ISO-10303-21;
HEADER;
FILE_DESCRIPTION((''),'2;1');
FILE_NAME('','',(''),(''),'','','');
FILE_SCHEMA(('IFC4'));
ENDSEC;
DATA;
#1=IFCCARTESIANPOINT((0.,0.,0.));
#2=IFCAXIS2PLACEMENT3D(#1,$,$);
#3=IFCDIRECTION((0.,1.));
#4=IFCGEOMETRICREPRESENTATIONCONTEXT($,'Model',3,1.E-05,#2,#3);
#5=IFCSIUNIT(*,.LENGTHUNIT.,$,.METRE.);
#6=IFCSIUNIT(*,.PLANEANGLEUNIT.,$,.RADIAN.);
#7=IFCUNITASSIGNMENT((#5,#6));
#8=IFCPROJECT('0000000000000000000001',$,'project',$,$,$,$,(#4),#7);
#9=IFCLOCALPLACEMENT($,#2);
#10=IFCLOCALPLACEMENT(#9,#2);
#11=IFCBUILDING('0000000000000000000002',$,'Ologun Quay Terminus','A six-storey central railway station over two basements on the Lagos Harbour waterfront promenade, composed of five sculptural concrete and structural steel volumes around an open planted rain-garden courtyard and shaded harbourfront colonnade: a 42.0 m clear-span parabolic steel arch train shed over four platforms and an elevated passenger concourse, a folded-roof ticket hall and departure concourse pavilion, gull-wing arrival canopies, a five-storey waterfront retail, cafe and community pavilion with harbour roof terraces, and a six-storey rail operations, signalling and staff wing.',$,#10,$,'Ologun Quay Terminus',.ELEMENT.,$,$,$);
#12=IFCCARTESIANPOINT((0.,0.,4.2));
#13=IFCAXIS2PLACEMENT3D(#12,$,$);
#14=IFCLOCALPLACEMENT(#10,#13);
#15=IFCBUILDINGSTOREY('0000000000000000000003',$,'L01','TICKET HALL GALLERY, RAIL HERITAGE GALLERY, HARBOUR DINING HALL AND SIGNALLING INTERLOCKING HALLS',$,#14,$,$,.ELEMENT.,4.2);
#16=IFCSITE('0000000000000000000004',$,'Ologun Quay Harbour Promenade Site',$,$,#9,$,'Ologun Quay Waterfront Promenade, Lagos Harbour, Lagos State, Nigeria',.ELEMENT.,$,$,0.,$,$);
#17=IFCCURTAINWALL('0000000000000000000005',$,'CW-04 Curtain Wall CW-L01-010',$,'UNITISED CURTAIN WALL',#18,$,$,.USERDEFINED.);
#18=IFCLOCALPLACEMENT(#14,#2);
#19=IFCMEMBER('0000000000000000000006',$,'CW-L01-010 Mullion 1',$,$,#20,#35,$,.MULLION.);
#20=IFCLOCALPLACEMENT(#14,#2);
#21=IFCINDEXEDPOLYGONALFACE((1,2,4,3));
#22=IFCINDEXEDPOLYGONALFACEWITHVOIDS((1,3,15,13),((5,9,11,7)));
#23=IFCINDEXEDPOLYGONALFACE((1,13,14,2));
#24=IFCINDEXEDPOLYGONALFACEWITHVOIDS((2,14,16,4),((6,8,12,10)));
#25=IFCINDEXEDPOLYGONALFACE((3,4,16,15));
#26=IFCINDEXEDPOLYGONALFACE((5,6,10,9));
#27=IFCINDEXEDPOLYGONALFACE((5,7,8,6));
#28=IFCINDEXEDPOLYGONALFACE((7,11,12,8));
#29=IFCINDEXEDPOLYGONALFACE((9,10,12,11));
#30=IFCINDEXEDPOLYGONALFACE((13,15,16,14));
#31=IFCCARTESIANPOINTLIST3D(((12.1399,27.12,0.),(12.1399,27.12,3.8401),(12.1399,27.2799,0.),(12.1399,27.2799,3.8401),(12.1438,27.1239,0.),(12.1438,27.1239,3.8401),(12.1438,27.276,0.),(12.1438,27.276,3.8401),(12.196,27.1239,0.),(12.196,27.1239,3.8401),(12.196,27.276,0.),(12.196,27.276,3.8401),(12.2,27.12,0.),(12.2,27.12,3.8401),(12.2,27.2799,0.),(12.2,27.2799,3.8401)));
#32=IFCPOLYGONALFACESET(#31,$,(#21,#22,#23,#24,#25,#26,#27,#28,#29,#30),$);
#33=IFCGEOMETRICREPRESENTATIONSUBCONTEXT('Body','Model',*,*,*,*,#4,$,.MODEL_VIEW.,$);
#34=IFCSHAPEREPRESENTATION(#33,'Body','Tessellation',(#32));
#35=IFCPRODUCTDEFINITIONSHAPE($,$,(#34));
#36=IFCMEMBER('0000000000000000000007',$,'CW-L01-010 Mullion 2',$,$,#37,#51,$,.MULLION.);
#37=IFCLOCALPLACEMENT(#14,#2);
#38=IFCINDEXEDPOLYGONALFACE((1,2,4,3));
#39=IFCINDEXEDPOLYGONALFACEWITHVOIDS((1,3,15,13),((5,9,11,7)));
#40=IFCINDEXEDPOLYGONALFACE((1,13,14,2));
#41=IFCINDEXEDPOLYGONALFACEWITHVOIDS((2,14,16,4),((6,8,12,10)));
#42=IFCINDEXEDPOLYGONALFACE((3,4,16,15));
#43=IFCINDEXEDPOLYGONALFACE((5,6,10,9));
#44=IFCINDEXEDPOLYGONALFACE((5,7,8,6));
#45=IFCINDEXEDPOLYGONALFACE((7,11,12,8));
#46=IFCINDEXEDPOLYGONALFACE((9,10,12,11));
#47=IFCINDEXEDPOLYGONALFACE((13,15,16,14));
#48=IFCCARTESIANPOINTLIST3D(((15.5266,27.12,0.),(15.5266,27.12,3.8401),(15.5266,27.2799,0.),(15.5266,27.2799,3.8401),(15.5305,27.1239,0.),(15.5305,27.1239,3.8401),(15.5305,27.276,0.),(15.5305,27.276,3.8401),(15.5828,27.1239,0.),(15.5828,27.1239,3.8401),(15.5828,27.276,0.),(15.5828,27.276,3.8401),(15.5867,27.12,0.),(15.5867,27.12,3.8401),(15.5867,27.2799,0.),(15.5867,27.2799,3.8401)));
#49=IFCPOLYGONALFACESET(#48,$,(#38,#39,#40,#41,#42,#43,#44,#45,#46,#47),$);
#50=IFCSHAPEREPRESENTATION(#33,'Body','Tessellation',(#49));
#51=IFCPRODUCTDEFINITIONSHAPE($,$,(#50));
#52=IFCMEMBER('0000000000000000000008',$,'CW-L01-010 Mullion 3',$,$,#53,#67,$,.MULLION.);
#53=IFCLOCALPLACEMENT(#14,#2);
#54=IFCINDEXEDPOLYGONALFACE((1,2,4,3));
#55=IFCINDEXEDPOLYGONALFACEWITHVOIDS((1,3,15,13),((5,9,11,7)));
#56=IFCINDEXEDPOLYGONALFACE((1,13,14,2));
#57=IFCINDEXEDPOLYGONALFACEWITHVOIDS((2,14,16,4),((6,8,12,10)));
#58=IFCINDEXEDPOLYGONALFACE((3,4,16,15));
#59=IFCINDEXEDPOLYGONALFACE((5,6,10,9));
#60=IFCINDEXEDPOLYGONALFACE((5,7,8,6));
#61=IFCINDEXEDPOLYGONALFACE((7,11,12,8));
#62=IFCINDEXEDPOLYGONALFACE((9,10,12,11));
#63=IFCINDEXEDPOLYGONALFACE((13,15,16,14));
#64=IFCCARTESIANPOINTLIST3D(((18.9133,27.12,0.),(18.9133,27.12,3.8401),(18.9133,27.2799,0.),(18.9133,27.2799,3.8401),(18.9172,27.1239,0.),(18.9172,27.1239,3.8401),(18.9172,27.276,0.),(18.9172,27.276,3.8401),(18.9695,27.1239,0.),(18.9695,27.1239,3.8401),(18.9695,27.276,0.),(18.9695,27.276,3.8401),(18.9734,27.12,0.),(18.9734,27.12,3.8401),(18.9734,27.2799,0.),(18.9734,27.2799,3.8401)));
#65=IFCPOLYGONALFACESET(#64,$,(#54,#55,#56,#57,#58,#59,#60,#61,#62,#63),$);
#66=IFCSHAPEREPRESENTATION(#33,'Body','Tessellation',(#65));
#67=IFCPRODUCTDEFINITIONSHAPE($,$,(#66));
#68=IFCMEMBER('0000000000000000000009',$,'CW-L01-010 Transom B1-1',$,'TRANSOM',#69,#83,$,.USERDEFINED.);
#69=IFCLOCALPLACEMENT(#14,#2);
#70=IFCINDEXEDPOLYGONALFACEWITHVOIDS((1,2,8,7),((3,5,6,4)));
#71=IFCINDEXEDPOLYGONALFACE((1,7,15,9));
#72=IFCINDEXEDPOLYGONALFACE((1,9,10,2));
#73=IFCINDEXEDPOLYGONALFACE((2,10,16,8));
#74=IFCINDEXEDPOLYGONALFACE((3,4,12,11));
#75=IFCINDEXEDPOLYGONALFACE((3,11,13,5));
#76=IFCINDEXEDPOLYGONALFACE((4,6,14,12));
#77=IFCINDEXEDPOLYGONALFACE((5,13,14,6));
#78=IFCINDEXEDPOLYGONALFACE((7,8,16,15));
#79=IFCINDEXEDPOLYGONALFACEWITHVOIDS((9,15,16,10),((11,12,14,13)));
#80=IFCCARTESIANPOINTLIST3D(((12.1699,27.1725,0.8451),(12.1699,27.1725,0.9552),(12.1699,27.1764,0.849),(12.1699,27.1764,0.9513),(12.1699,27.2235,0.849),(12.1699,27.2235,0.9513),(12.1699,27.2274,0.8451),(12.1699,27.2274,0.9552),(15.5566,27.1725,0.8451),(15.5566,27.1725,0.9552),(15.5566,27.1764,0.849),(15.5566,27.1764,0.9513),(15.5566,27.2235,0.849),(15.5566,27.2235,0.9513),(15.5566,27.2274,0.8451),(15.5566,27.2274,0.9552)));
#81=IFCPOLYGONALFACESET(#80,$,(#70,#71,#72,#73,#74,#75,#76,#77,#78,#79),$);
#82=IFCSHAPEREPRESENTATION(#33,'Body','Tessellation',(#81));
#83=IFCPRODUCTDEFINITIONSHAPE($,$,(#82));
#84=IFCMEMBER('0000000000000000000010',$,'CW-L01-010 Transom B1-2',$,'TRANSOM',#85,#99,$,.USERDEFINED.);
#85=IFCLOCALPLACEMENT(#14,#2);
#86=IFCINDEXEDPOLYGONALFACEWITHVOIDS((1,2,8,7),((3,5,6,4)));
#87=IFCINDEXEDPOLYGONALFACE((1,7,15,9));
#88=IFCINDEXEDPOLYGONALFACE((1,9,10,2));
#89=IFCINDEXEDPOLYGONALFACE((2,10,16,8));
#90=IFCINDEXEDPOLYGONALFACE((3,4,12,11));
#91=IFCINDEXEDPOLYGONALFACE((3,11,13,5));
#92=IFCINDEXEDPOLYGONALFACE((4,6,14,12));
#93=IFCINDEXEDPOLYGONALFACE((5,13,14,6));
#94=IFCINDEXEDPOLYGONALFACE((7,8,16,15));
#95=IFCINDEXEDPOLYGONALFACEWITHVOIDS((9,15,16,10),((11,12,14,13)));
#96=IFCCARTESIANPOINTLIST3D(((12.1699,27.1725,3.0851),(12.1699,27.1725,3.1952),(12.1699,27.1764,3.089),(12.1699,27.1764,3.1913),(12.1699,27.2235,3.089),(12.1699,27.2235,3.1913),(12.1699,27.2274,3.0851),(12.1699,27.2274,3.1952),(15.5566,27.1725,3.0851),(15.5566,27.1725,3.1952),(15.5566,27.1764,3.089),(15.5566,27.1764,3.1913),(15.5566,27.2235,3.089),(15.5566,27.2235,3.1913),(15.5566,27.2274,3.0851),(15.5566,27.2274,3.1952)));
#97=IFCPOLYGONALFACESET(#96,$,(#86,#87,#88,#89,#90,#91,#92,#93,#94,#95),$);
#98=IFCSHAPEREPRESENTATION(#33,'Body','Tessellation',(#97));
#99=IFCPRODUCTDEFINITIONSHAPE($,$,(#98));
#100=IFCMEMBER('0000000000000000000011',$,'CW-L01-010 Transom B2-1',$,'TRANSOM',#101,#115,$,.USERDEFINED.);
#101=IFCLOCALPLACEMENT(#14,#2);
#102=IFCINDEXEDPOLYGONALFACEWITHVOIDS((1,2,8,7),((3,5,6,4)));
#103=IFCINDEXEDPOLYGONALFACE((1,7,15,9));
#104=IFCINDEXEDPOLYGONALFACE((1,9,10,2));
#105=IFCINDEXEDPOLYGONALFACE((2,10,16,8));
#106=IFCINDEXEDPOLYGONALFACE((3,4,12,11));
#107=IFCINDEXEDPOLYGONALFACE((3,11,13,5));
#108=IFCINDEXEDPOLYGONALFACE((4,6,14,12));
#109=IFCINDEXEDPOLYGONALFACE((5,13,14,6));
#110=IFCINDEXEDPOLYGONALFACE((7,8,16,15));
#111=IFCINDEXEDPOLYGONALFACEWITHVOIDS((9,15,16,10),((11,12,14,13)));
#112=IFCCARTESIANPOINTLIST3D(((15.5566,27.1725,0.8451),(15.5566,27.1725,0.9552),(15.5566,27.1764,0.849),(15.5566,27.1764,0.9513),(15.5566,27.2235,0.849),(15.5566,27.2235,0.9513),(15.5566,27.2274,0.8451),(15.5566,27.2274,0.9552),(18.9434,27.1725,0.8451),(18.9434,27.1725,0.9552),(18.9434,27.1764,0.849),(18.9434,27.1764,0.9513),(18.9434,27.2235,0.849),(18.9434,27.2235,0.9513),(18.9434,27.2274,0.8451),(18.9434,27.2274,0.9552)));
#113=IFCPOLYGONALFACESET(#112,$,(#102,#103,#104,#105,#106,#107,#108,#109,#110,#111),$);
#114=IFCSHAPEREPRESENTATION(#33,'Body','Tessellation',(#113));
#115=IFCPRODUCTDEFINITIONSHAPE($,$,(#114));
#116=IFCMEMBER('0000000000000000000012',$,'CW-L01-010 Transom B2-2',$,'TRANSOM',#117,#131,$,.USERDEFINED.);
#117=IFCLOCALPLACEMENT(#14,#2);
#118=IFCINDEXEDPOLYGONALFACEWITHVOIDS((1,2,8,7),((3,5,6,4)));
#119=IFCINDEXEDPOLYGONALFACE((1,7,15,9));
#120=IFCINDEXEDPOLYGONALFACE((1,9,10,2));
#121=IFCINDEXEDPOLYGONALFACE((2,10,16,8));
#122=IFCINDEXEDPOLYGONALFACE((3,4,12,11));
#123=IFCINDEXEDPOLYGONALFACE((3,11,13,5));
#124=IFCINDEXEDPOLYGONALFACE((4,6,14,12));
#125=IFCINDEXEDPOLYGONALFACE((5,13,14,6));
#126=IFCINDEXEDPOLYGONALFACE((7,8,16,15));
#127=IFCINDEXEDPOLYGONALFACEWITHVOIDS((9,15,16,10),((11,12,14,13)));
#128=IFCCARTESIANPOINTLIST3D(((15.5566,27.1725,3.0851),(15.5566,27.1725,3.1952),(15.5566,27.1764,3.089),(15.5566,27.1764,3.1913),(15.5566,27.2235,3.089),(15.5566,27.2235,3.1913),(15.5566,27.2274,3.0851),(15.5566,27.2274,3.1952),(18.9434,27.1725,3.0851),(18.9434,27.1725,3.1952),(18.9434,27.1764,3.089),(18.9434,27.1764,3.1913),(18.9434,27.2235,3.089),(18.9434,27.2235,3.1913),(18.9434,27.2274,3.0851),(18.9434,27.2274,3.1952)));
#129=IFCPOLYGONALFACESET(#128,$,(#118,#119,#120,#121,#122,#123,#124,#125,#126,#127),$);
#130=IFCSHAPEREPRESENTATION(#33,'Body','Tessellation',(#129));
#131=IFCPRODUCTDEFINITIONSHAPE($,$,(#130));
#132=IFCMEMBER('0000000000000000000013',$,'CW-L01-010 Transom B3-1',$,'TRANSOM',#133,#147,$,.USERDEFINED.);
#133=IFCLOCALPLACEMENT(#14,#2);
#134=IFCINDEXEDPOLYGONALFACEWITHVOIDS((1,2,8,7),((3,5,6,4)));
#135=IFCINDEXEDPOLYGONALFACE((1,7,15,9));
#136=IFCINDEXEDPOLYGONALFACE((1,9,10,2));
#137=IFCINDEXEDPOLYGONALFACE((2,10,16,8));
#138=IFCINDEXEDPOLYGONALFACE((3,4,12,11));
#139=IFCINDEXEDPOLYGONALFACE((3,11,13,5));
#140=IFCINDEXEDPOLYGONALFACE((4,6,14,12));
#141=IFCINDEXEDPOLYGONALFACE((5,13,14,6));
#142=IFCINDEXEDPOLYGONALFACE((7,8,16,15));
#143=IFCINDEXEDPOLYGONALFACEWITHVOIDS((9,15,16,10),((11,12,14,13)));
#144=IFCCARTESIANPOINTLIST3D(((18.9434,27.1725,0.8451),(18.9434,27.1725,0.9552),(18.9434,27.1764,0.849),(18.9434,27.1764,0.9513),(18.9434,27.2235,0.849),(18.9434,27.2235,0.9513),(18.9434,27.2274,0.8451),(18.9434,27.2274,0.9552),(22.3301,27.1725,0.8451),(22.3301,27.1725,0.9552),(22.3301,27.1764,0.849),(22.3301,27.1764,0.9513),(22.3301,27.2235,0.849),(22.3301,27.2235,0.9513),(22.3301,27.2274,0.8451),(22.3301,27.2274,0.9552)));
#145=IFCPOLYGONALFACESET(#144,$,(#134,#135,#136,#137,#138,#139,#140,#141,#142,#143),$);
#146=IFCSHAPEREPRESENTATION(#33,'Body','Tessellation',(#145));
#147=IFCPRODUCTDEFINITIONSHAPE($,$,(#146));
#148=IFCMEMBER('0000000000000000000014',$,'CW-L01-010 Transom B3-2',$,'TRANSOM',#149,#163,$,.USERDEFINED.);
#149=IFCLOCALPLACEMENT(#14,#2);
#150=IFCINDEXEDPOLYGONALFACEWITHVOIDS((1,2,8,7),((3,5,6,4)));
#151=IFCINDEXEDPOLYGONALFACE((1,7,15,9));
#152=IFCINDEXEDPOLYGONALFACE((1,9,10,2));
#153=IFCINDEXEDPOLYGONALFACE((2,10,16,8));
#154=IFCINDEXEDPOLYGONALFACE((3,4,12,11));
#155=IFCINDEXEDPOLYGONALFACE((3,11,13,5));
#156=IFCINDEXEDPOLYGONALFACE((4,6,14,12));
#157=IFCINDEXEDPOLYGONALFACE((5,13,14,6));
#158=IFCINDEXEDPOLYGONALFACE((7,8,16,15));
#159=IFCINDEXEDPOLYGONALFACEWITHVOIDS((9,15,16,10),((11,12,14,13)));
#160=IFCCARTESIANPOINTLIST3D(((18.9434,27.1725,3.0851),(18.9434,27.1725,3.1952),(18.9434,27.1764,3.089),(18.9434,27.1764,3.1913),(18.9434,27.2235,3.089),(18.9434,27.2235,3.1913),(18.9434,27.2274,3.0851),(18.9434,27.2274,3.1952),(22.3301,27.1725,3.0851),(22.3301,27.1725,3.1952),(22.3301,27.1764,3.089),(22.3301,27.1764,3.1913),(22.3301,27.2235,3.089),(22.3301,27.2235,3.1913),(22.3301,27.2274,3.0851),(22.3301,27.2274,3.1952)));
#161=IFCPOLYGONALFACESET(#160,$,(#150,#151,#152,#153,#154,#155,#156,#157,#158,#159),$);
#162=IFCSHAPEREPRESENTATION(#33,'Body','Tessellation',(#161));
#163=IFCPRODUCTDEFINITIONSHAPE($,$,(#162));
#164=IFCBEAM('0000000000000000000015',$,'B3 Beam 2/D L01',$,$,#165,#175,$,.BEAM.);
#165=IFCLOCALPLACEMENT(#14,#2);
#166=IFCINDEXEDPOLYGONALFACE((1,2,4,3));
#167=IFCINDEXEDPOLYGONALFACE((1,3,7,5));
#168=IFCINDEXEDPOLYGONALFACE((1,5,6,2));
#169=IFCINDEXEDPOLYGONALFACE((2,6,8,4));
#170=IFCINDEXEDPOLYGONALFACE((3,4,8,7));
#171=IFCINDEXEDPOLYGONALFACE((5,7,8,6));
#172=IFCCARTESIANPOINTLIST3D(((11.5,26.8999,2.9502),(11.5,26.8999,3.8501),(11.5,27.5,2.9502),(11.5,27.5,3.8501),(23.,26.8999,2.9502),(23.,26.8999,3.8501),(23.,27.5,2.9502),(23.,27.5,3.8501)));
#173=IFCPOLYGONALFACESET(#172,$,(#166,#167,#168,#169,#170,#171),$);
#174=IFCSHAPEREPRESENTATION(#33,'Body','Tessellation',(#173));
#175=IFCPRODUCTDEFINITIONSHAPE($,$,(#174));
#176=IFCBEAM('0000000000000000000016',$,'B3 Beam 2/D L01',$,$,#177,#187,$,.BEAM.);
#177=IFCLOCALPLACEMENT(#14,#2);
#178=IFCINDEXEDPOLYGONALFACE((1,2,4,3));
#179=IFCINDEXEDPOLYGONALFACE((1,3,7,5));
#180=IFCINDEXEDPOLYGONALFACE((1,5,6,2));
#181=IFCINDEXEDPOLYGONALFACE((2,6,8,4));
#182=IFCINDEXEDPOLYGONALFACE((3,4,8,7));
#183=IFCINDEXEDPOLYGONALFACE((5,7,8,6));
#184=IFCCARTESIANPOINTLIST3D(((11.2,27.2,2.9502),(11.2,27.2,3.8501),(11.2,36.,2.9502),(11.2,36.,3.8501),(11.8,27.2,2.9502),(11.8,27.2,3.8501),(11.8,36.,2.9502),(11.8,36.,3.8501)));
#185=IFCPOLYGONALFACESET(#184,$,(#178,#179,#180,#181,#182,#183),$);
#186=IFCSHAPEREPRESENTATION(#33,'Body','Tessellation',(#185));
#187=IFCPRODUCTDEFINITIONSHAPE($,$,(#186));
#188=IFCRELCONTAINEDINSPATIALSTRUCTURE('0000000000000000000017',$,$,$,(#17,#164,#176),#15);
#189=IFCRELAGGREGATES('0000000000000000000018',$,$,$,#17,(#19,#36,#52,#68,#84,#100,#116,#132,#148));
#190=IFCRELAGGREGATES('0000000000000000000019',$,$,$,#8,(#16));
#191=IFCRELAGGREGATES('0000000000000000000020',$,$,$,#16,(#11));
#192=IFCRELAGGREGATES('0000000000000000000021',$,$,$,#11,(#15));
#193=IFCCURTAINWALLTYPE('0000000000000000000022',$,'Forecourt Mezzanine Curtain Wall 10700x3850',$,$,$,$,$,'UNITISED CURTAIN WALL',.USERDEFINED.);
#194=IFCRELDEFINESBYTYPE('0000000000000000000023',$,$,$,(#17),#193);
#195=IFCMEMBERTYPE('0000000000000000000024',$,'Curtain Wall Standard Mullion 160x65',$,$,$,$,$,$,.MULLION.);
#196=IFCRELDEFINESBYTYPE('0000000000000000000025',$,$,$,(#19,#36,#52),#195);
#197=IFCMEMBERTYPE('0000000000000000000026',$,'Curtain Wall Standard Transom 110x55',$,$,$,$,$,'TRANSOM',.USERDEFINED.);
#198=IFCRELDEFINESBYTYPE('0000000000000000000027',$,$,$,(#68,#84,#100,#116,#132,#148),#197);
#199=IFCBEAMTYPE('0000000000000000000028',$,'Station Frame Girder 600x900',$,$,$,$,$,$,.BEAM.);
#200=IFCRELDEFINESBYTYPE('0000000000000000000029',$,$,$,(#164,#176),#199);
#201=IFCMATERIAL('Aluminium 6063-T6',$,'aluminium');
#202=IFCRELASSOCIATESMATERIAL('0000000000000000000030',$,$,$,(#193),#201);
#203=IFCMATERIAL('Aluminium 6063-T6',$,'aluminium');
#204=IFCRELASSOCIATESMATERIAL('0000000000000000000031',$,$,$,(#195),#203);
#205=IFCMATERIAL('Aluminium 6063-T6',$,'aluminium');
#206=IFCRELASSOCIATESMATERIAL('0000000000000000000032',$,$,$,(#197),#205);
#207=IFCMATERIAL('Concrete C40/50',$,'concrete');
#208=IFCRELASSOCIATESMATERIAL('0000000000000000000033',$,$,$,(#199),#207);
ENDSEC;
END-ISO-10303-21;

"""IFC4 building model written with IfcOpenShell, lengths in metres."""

from ifc_helpers import new_model, si_unit, direction, frame, origin, origin_2d, place, context, subcontext, project, spatial, rectangle, hollow_rectangle, extrude, material, material_profile, profile_set, type_object, element, aggregate, save


model = new_model("IFC4")

# Units and contexts
model_context = context("Model", 3, precision=1e-05, world=origin(), true_north=direction((0.0, 1.0)))
body_context = subcontext(model_context, "Body", "Model", "MODEL_VIEW")
ifc_project = project(units=[si_unit("LENGTHUNIT", "METRE"), si_unit("PLANEANGLEUNIT", "RADIAN")], contexts=[model_context])

# Site, building, storey
site_placement = place(None, origin())
site = spatial("IfcSite", under=ifc_project, at=site_placement, Name="Ologun Quay Harbour Promenade Site", LongName="Ologun Quay Waterfront Promenade, Lagos Harbour, Lagos State, Nigeria", CompositionType="ELEMENT", RefElevation=0.0)
building_placement = place(site_placement, origin())
building = spatial("IfcBuilding", under=site, at=building_placement, Name="Ologun Quay Terminus", Description="A six-storey central railway station over two basements on the Lagos Harbour waterfront promenade, composed of five sculptural concrete and structural steel volumes around an open planted rain-garden courtyard and shaded harbourfront colonnade: a 42.0 m clear-span parabolic steel arch train shed over four platforms and an elevated passenger concourse, a folded-roof ticket hall and departure concourse pavilion, gull-wing arrival canopies, a five-storey waterfront retail, cafe and community pavilion with harbour roof terraces, and a six-storey rail operations, signalling and staff wing.", LongName="Ologun Quay Terminus", CompositionType="ELEMENT")
storey_placement = place(building_placement, frame((0.0, 0.0, 4.2)))
storey = spatial("IfcBuildingStorey", under=building, at=storey_placement, Name="L01", Description="TICKET HALL GALLERY, RAIL HERITAGE GALLERY, HARBOUR DINING HALL AND SIGNALLING INTERLOCKING HALLS", CompositionType="ELEMENT", Elevation=4.2)

# Curtain wall, members
ifc_material_1 = material(Name="Aluminium 6063-T6", Category="aluminium")
curtain_wall_type = type_object("IfcCurtainWallType", Name="Forecourt Mezzanine Curtain Wall 10700x3850", ElementType="UNITISED CURTAIN WALL", PredefinedType="USERDEFINED", material=ifc_material_1)
curtain_wall_placement = place(storey_placement, origin())
curtain_wall = element("IfcCurtainWall", 1, at=curtain_wall_placement, inside=storey, type_object=curtain_wall_type, Name="CW-04 Curtain Wall CW-L01-010", ObjectType="UNITISED CURTAIN WALL", PredefinedType="USERDEFINED")
ifc_material_2 = material(Name="Aluminium 6063-T6", Category="aluminium")
ifc_material_profile_1 = material_profile(ifc_material_2, hollow_rectangle(XDim=0.0601, YDim=0.1599, WallThickness=0.0039, at=origin_2d()), Name="ALU 160x60x4")
ifc_profile_set_1 = profile_set([ifc_material_profile_1], Name="Aluminium 6063-T6")
member_type_1 = type_object("IfcMemberType", Name="Curtain Wall Standard Mullion 160x65", PredefinedType="MULLION", material=ifc_profile_set_1)
member_1_placement = place(storey_placement, frame((12.1699, 27.2, 0.0), z_axis=(0.0, 0.0, 1.0), x_axis=(1.0, 0.0, 0.0)))
member_1 = element("IfcMember", 2, at=member_1_placement, type_object=member_type_1, Name="CW-L01-010 Mullion 1", PredefinedType="MULLION", context=body_context, shape_type="SweptSolid", body=[
    extrude(hollow_rectangle(XDim=0.0601, YDim=0.1599, WallThickness=0.0039, at=origin_2d()), origin(), (0.0, 0.0, 1.0), 3.8401),
])
member_2_placement = place(storey_placement, frame((15.5566, 27.2, 0.0), z_axis=(0.0, 0.0, 1.0), x_axis=(1.0, 0.0, 0.0)))
member_2 = element("IfcMember", 3, at=member_2_placement, type_object=member_type_1, Name="CW-L01-010 Mullion 2", PredefinedType="MULLION", context=body_context, shape_type="SweptSolid", body=[
    extrude(hollow_rectangle(XDim=0.0601, YDim=0.1599, WallThickness=0.0039, at=origin_2d()), origin(), (0.0, 0.0, 1.0), 3.8401),
])
member_3_placement = place(storey_placement, frame((18.9434, 27.2, 0.0), z_axis=(0.0, 0.0, 1.0), x_axis=(1.0, 0.0, 0.0)))
member_3 = element("IfcMember", 4, at=member_3_placement, type_object=member_type_1, Name="CW-L01-010 Mullion 3", PredefinedType="MULLION", context=body_context, shape_type="SweptSolid", body=[
    extrude(hollow_rectangle(XDim=0.0601, YDim=0.1599, WallThickness=0.0039, at=origin_2d()), origin(), (0.0, 0.0, 1.0), 3.8401),
])
ifc_material_3 = material(Name="Aluminium 6063-T6", Category="aluminium")
ifc_material_profile_2 = material_profile(ifc_material_3, hollow_rectangle(XDim=0.0549, YDim=0.1101, WallThickness=0.0039, at=origin_2d()), Name="ALU 110x55x4")
ifc_profile_set_2 = profile_set([ifc_material_profile_2], Name="Aluminium 6063-T6")
member_type_2 = type_object("IfcMemberType", Name="Curtain Wall Standard Transom 110x55", ElementType="TRANSOM", PredefinedType="USERDEFINED", material=ifc_profile_set_2)
member_4_placement = place(storey_placement, frame((12.1699, 27.2, 0.9001), z_axis=(1.0, 0.0, 0.0), x_axis=(0.0, 1.0, 0.0)))
member_4 = element("IfcMember", 5, at=member_4_placement, type_object=member_type_2, Name="CW-L01-010 Transom B1-1", ObjectType="TRANSOM", PredefinedType="USERDEFINED", context=body_context, shape_type="SweptSolid", body=[
    extrude(hollow_rectangle(XDim=0.0549, YDim=0.1101, WallThickness=0.0039, at=origin_2d()), origin(), (0.0, 0.0, 1.0), 3.3867),
])
member_5_placement = place(storey_placement, frame((12.1699, 27.2, 3.1401), z_axis=(1.0, 0.0, 0.0), x_axis=(0.0, 1.0, 0.0)))
member_5 = element("IfcMember", 6, at=member_5_placement, type_object=member_type_2, Name="CW-L01-010 Transom B1-2", ObjectType="TRANSOM", PredefinedType="USERDEFINED", context=body_context, shape_type="SweptSolid", body=[
    extrude(hollow_rectangle(XDim=0.0549, YDim=0.1101, WallThickness=0.0039, at=origin_2d()), origin(), (0.0, 0.0, 1.0), 3.3867),
])
member_6_placement = place(storey_placement, frame((15.5566, 27.2, 0.9001), z_axis=(1.0, 0.0, 0.0), x_axis=(0.0, 1.0, 0.0)))
member_6 = element("IfcMember", 7, at=member_6_placement, type_object=member_type_2, Name="CW-L01-010 Transom B2-1", ObjectType="TRANSOM", PredefinedType="USERDEFINED", context=body_context, shape_type="SweptSolid", body=[
    extrude(hollow_rectangle(XDim=0.0549, YDim=0.1101, WallThickness=0.0039, at=origin_2d()), origin(), (0.0, 0.0, 1.0), 3.3867),
])
member_7_placement = place(storey_placement, frame((15.5566, 27.2, 3.1401), z_axis=(1.0, 0.0, 0.0), x_axis=(0.0, 1.0, 0.0)))
member_7 = element("IfcMember", 8, at=member_7_placement, type_object=member_type_2, Name="CW-L01-010 Transom B2-2", ObjectType="TRANSOM", PredefinedType="USERDEFINED", context=body_context, shape_type="SweptSolid", body=[
    extrude(hollow_rectangle(XDim=0.0549, YDim=0.1101, WallThickness=0.0039, at=origin_2d()), origin(), (0.0, 0.0, 1.0), 3.3867),
])
member_8_placement = place(storey_placement, frame((18.9434, 27.2, 0.9001), z_axis=(1.0, 0.0, 0.0), x_axis=(0.0, 1.0, 0.0)))
member_8 = element("IfcMember", 9, at=member_8_placement, type_object=member_type_2, Name="CW-L01-010 Transom B3-1", ObjectType="TRANSOM", PredefinedType="USERDEFINED", context=body_context, shape_type="SweptSolid", body=[
    extrude(hollow_rectangle(XDim=0.0549, YDim=0.1101, WallThickness=0.0039, at=origin_2d()), origin(), (0.0, 0.0, 1.0), 3.3867),
])
member_9_placement = place(storey_placement, frame((18.9434, 27.2, 3.1401), z_axis=(1.0, 0.0, 0.0), x_axis=(0.0, 1.0, 0.0)))
member_9 = element("IfcMember", 10, at=member_9_placement, type_object=member_type_2, Name="CW-L01-010 Transom B3-2", ObjectType="TRANSOM", PredefinedType="USERDEFINED", context=body_context, shape_type="SweptSolid", body=[
    extrude(hollow_rectangle(XDim=0.0549, YDim=0.1101, WallThickness=0.0039, at=origin_2d()), origin(), (0.0, 0.0, 1.0), 3.3867),
])

# Beams
ifc_material_4 = material(Name="Concrete C40/50", Category="concrete")
ifc_material_profile_3 = material_profile(ifc_material_4, rectangle(XDim=0.6001, YDim=0.8999, at=origin_2d()), Name="RC 600x900")
ifc_profile_set_3 = profile_set([ifc_material_profile_3], Name="Concrete C40/50")
beam_type = type_object("IfcBeamType", Name="Station Frame Girder 600x900", PredefinedType="BEAM", material=ifc_profile_set_3)
beam_1_placement = place(storey_placement, frame((11.5, 27.2, 3.4001), z_axis=(1.0, 0.0, 0.0), x_axis=(0.0, 1.0, 0.0)))
element("IfcBeam", 11, at=beam_1_placement, inside=storey, type_object=beam_type, Name="B3 Beam 2/D L01", PredefinedType="BEAM", context=body_context, shape_type="SweptSolid", body=[
    extrude(rectangle(XDim=0.6001, YDim=0.8999, at=origin_2d()), origin(), (0.0, 0.0, 1.0), 11.5),
])
beam_2_placement = place(storey_placement, frame((11.5, 27.2, 3.4001), z_axis=(0.0, 1.0, 0.0), x_axis=(-1.0, 0.0, 0.0)))
element("IfcBeam", 12, at=beam_2_placement, inside=storey, type_object=beam_type, Name="B3 Beam 2/D L01", PredefinedType="BEAM", context=body_context, shape_type="SweptSolid", body=[
    extrude(rectangle(XDim=0.6001, YDim=0.8999, at=origin_2d()), origin(), (0.0, 0.0, 1.0), 8.8),
])

aggregate(curtain_wall, [member_1, member_2, member_3, member_4, member_5, member_6, member_7, member_8, member_9])

save(model, "model.ifc")
